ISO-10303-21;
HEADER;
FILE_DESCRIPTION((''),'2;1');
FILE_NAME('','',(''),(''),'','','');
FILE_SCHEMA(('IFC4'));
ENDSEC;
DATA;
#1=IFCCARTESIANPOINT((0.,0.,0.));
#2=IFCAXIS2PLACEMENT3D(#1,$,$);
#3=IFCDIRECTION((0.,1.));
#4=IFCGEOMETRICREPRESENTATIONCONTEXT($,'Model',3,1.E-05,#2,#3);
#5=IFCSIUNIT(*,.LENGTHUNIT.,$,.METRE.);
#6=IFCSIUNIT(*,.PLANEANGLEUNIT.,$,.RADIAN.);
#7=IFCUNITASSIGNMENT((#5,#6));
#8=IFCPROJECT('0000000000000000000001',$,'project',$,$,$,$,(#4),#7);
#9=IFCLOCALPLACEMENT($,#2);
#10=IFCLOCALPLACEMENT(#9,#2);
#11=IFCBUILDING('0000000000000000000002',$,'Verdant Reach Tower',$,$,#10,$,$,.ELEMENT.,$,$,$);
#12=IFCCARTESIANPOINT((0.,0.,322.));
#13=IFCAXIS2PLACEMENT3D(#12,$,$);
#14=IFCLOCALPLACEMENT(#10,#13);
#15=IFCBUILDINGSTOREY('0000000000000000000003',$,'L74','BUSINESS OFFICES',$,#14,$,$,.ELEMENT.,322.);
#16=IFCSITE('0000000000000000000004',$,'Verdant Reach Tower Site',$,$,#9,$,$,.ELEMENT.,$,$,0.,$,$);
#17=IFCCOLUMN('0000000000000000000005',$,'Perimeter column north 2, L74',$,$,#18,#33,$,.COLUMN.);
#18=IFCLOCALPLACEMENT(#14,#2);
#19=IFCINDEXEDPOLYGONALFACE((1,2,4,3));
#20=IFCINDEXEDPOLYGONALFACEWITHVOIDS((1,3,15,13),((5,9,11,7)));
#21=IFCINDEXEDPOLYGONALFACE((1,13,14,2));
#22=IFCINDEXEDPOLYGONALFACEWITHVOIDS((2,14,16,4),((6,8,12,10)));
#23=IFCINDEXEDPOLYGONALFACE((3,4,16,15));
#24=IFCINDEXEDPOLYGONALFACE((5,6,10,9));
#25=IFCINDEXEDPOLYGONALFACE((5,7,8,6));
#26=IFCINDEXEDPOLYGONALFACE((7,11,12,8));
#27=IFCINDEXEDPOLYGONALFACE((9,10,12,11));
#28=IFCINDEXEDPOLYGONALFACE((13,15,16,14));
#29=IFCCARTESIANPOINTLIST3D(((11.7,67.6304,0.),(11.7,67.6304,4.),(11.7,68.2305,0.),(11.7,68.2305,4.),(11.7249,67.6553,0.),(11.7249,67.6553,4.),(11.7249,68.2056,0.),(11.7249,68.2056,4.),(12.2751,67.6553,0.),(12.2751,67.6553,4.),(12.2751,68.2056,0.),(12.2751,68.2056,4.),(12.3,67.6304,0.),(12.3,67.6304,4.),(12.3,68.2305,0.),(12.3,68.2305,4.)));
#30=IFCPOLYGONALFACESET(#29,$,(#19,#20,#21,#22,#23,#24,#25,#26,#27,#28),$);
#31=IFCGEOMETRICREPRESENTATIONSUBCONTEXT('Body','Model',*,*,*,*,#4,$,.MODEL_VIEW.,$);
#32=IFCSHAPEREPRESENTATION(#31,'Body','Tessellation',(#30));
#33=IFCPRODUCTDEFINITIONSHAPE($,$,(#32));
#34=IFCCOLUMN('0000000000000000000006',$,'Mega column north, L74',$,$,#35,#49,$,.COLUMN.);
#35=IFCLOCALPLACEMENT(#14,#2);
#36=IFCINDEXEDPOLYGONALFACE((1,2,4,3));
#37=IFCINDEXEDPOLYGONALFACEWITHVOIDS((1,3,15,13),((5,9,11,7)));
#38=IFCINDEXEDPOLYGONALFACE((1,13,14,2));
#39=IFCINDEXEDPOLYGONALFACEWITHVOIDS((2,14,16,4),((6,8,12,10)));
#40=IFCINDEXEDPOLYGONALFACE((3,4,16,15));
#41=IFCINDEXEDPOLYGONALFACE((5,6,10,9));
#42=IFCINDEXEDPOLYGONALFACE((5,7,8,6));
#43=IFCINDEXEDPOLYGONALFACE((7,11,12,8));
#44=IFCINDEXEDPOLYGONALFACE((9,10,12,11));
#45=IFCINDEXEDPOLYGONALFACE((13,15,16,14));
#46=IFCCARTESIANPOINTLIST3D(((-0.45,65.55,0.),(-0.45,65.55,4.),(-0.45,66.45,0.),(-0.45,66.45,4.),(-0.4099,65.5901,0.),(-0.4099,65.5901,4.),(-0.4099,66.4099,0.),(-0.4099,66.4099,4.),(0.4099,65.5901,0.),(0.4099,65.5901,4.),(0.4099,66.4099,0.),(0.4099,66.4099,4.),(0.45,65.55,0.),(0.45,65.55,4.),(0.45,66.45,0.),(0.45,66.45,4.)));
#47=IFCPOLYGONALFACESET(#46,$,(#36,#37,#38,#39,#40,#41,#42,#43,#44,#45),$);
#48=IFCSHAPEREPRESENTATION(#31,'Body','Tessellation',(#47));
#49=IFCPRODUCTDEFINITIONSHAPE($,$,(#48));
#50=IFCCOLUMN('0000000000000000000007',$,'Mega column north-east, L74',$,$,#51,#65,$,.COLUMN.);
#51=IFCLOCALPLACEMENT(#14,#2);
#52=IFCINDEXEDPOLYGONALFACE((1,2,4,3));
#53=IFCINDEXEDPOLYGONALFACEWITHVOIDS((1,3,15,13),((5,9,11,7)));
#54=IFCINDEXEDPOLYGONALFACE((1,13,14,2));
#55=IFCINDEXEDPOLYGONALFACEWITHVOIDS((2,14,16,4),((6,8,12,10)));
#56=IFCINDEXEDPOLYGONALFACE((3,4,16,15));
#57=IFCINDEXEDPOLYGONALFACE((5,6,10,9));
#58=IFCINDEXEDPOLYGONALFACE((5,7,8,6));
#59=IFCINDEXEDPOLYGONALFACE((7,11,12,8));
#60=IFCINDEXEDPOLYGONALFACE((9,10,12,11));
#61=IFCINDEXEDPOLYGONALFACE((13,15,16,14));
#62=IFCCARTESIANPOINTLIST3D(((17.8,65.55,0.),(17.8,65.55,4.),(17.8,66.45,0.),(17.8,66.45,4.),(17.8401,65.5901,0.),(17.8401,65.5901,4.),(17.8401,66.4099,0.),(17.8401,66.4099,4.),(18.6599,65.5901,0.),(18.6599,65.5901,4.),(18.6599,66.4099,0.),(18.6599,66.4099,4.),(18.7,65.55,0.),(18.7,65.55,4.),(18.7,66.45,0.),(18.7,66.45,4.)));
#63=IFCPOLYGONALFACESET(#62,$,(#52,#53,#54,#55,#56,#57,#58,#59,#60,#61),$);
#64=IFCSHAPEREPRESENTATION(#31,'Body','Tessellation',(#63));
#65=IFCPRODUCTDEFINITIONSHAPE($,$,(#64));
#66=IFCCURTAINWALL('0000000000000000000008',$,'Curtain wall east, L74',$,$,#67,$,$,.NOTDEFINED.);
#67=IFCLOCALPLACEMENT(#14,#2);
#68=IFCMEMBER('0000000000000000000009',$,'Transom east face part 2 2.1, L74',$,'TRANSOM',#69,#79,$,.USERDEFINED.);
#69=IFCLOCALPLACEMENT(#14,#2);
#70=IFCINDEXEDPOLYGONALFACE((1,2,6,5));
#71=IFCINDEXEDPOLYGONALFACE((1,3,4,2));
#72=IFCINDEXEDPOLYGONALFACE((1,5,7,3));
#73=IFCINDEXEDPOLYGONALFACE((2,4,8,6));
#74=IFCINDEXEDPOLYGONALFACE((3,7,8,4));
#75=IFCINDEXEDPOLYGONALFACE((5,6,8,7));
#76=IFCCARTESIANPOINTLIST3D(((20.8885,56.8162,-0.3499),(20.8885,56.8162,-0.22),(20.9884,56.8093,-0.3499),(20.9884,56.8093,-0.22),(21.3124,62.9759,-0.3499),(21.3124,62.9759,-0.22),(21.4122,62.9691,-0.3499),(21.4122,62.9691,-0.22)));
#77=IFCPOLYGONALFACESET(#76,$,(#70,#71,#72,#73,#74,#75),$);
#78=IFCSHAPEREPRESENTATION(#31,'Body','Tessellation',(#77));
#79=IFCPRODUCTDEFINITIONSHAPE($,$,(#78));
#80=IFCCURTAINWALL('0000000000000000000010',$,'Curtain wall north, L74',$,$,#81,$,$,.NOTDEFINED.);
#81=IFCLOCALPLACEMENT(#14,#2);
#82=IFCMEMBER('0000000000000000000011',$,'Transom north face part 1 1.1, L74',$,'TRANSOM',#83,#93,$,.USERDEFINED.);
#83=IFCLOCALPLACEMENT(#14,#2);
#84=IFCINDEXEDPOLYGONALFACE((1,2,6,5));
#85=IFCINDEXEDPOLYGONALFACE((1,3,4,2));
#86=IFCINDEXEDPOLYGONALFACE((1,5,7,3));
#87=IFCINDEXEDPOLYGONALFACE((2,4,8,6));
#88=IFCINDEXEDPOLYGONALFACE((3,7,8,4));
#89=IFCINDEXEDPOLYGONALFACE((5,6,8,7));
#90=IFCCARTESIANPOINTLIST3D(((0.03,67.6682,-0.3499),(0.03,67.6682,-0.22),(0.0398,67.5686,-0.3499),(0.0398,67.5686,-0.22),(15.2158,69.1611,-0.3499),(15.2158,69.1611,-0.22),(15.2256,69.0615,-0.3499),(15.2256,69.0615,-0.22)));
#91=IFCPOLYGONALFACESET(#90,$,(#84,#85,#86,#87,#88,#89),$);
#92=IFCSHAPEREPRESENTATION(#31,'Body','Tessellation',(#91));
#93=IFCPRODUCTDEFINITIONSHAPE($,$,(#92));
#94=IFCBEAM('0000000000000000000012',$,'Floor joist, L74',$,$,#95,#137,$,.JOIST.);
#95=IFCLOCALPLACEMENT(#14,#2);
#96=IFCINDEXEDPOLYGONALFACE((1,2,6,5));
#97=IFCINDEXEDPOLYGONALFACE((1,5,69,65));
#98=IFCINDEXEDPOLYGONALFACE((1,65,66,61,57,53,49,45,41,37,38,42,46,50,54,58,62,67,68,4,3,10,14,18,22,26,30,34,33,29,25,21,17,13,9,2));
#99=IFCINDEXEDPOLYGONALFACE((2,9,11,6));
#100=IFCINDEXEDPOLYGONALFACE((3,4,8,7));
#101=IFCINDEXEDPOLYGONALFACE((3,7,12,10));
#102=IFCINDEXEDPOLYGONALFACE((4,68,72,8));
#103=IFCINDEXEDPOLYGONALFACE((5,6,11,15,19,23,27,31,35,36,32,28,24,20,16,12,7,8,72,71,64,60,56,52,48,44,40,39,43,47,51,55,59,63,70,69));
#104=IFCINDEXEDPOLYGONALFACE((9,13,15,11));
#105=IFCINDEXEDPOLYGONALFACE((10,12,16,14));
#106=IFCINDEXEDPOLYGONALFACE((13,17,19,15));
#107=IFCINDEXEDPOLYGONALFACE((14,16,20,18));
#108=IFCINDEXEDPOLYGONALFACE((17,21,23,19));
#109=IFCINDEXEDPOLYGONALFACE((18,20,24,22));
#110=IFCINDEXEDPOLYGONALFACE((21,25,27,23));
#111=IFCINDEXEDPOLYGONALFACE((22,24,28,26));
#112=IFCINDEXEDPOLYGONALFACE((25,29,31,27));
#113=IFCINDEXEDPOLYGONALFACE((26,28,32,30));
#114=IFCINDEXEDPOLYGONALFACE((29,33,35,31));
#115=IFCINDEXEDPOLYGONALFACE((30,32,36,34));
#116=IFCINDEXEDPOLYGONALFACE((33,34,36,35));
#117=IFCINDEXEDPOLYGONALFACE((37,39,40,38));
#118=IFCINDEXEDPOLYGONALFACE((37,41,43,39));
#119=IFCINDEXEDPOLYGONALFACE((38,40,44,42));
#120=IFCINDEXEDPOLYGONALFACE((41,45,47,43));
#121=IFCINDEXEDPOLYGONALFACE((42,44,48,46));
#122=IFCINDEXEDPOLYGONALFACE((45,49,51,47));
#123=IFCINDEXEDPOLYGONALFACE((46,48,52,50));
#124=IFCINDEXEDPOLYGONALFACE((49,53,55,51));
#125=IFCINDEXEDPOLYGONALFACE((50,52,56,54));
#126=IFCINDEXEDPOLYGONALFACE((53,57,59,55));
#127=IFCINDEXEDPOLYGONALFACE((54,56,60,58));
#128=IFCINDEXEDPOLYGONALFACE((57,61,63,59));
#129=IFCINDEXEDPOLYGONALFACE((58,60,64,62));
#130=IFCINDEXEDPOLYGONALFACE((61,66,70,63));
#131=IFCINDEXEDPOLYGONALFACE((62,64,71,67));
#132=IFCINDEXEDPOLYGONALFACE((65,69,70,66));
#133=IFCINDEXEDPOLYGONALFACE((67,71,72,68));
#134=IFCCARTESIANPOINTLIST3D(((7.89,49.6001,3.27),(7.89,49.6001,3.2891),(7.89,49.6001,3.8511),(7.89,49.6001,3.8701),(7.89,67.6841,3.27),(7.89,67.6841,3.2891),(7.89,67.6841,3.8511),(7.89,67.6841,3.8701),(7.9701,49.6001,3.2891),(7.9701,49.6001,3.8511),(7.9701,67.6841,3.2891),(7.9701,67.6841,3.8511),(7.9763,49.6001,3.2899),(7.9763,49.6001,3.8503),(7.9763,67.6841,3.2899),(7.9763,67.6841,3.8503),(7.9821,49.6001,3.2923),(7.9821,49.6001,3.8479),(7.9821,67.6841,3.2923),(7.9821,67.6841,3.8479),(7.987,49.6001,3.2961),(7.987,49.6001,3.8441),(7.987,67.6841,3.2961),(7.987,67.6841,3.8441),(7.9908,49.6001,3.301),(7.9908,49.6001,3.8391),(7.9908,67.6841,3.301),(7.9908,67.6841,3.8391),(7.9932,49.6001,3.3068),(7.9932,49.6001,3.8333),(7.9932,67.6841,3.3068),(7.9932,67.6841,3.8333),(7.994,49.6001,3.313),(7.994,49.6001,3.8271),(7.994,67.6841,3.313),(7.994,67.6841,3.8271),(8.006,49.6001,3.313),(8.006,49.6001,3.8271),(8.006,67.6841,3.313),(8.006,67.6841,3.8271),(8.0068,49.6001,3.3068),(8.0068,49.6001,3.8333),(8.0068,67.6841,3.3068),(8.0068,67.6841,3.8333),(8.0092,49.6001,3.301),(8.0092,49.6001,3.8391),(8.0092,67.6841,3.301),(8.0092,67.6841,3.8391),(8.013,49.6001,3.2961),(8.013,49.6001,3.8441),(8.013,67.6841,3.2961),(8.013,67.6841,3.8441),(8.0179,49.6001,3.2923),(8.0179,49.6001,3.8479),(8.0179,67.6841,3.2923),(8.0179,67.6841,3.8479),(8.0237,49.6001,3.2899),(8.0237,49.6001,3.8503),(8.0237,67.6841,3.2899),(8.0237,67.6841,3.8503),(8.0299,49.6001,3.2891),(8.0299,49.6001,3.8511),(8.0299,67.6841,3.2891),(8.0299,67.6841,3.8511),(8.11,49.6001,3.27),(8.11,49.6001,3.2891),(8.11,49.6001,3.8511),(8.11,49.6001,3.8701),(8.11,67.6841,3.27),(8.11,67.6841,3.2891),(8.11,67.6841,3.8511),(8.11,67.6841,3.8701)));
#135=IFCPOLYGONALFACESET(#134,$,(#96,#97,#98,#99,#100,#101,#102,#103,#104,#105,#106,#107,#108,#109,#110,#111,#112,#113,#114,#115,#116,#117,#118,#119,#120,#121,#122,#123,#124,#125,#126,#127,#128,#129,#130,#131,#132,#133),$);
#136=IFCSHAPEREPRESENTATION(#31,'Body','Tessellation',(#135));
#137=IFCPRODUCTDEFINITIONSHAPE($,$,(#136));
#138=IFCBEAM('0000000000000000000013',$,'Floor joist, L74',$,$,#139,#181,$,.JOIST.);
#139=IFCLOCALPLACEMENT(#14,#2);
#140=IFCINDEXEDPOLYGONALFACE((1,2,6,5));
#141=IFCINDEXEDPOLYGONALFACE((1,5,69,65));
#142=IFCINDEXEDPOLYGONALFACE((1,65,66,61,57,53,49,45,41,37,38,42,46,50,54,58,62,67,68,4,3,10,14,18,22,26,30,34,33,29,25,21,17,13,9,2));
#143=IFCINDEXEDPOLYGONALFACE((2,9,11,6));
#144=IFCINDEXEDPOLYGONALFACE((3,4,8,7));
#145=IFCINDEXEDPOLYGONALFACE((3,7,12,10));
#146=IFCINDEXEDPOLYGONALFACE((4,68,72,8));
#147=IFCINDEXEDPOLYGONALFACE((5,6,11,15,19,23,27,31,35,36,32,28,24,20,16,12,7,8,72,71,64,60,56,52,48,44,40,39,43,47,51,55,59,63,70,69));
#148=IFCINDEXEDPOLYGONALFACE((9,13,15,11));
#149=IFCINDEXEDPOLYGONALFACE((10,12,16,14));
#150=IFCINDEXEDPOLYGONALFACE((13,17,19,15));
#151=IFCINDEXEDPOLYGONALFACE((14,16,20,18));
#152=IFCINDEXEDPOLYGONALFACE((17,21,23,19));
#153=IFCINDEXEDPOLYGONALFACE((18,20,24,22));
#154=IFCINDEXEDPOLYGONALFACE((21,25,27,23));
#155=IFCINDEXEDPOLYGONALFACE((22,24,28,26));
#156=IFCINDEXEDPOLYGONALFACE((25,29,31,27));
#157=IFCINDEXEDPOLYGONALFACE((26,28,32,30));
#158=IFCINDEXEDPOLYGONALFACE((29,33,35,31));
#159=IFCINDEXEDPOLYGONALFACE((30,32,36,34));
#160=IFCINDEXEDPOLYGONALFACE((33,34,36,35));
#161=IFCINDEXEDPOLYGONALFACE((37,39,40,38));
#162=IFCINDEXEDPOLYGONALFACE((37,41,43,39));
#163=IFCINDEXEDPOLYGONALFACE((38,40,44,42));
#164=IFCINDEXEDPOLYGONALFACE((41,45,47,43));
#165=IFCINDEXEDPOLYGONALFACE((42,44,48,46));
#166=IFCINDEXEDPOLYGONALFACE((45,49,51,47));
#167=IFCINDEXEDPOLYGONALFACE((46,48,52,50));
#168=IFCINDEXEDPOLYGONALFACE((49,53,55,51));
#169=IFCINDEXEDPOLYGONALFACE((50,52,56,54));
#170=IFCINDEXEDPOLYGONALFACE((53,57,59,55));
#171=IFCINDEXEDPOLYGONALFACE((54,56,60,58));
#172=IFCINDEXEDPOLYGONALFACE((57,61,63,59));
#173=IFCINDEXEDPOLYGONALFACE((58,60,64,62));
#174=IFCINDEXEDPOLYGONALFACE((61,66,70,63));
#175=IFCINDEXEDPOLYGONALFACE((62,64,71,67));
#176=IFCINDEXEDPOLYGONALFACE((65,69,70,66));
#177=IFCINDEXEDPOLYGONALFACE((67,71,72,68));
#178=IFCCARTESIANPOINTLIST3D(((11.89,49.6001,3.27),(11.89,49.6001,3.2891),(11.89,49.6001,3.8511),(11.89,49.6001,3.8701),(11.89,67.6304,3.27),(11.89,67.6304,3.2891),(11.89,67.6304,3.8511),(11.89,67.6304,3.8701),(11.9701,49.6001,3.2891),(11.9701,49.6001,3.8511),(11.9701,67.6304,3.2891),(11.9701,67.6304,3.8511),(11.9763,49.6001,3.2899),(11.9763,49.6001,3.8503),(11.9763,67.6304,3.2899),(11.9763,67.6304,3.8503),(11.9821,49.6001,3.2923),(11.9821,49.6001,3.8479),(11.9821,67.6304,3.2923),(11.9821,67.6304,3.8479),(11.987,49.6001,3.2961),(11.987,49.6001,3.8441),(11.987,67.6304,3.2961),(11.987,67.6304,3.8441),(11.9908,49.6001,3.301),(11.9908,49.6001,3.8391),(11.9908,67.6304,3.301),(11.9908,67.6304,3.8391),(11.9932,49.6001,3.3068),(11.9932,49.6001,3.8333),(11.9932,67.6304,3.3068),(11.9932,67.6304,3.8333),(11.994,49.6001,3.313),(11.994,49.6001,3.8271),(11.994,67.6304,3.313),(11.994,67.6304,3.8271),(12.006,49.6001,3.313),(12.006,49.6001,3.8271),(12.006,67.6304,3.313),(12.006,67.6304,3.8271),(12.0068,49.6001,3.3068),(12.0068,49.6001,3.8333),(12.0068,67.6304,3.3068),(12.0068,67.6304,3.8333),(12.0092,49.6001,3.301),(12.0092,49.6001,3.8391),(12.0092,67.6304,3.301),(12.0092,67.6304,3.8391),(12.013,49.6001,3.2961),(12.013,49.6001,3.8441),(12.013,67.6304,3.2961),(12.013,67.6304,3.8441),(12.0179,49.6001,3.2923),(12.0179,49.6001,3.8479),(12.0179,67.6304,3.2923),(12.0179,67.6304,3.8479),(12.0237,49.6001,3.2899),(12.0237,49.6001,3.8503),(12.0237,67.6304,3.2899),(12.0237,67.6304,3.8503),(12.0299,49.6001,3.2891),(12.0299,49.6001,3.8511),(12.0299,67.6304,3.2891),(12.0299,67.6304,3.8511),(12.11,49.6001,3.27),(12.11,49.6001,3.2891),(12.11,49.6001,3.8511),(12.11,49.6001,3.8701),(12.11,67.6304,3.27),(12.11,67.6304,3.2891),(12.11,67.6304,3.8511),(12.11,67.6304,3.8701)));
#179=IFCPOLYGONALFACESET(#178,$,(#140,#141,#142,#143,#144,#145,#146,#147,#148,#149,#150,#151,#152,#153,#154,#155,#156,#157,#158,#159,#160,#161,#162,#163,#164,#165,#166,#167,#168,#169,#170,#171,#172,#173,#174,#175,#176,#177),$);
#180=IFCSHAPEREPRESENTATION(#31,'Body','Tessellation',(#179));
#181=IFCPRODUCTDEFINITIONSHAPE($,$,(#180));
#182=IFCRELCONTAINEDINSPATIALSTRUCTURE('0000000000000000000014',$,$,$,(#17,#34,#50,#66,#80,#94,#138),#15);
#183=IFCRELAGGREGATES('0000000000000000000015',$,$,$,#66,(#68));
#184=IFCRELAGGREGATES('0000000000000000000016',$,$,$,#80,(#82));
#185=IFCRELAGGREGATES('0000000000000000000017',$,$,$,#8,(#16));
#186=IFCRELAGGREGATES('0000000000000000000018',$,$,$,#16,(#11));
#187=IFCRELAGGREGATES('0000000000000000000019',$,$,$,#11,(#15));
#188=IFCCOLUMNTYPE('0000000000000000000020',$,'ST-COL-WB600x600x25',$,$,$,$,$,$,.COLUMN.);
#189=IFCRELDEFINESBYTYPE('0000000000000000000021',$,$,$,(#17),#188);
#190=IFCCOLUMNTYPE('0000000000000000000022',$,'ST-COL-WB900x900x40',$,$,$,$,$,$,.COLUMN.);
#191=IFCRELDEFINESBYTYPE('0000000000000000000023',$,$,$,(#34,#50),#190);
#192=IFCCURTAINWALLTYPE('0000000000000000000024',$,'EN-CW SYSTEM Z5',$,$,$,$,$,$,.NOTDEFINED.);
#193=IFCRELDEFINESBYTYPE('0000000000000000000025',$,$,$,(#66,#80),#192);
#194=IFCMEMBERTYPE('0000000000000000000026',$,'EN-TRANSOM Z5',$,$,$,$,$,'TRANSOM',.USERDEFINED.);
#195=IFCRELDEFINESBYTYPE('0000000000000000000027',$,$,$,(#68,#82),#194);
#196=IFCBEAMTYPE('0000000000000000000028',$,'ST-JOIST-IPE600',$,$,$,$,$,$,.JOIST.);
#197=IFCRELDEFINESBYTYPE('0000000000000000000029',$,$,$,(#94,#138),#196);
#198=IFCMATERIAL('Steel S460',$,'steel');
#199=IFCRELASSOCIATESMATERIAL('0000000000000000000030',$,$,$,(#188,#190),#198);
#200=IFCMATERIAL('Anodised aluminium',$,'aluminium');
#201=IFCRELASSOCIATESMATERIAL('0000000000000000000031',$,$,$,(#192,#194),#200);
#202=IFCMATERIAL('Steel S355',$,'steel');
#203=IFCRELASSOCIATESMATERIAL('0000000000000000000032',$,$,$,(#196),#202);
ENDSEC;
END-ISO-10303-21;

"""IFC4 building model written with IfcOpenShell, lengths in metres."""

from ifc_helpers import new_model, si_unit, direction, frame, origin, origin_2d, place, context, subcontext, project, spatial, rectangle, hollow_rectangle, i_section, extrude, material, material_profile, profile_set, type_object, element, aggregate, save


model = new_model("IFC4")

# Units and contexts
model_context = context("Model", 3, precision=1e-05, world=origin(), true_north=direction((0.0, 1.0)))
body_context = subcontext(model_context, "Body", "Model", "MODEL_VIEW")
ifc_project = project(units=[si_unit("LENGTHUNIT", "METRE"), si_unit("PLANEANGLEUNIT", "RADIAN")], contexts=[model_context])

# Site, building, storey
site_placement = place(None, origin())
site = spatial("IfcSite", under=ifc_project, at=site_placement, Name="Verdant Reach Tower Site", CompositionType="ELEMENT", RefElevation=0.0)
building_placement = place(site_placement, origin())
building = spatial("IfcBuilding", under=site, at=building_placement, Name="Verdant Reach Tower", CompositionType="ELEMENT")
storey_placement = place(building_placement, frame((0.0, 0.0, 322.0)))
storey = spatial("IfcBuildingStorey", under=building, at=storey_placement, Name="L74", Description="BUSINESS OFFICES", CompositionType="ELEMENT", Elevation=322.0)

# Columns
ifc_material_1 = material(Name="Steel S460", Category="steel")
ifc_material_profile_1 = material_profile(ifc_material_1, hollow_rectangle(XDim=0.6001, YDim=0.6001, WallThickness=0.0249, at=origin_2d()), Name="WB 600x600x25")
ifc_profile_set_1 = profile_set([ifc_material_profile_1], Name="Steel S460")
column_type_1 = type_object("IfcColumnType", Name="ST-COL-WB600x600x25", PredefinedType="COLUMN", material=ifc_profile_set_1)
column_placement = place(storey_placement, frame((12.0, 67.9304, 0.0), z_axis=(0.0, 0.0, 1.0), x_axis=(1.0, 0.0, 0.0)))
element("IfcColumn", 1, at=column_placement, inside=storey, type_object=column_type_1, Name="Perimeter column north 2, L74", PredefinedType="COLUMN", context=body_context, shape_type="SweptSolid", body=[
    extrude(hollow_rectangle(XDim=0.6001, YDim=0.6001, WallThickness=0.0249, at=origin_2d()), origin(), (0.0, 0.0, 1.0), 4.0),
])
ifc_material_profile_2 = material_profile(ifc_material_1, hollow_rectangle(XDim=0.8999, YDim=0.8999, WallThickness=0.04, at=origin_2d()), Name="WB 900x900x40")
ifc_profile_set_2 = profile_set([ifc_material_profile_2], Name="Steel S460")
column_type_2 = type_object("IfcColumnType", Name="ST-COL-WB900x900x40", PredefinedType="COLUMN", material=ifc_profile_set_2)
for number, where, z_axis, x_axis, name in (
    (2, (0.0, 66.0, 0.0), (0.0, 0.0, 1.0), (1.0, 0.0, 0.0), "Mega column north, L74"),
    (3, (18.25, 66.0, 0.0), (0.0, 0.0, 1.0), (1.0, 0.0, 0.0), "Mega column north-east, L74"),
):
    element("IfcColumn", number, at=place(storey_placement, frame(where, z_axis=z_axis, x_axis=x_axis)), inside=storey, type_object=column_type_2, Name=name, PredefinedType="COLUMN", context=body_context, shape_type="SweptSolid", body=[
        extrude(hollow_rectangle(XDim=0.8999, YDim=0.8999, WallThickness=0.04, at=origin_2d()), origin(), (0.0, 0.0, 1.0), 4.0),
    ])

# Curtain walls, members
ifc_material_2 = material(Name="Anodised aluminium", Category="aluminium")
curtain_wall_type = type_object("IfcCurtainWallType", Name="EN-CW SYSTEM Z5", PredefinedType="NOTDEFINED", material=ifc_material_2)
curtain_wall_1_placement = place(storey_placement, origin())
curtain_wall_1 = element("IfcCurtainWall", 4, at=curtain_wall_1_placement, inside=storey, type_object=curtain_wall_type, Name="Curtain wall east, L74", PredefinedType="NOTDEFINED")
ifc_material_profile_3 = material_profile(ifc_material_2, rectangle(XDim=0.1001, YDim=0.1299, at=origin_2d()), Name="Transom 130x100")
ifc_profile_set_3 = profile_set([ifc_material_profile_3], Name="Anodised aluminium")
member_type = type_object("IfcMemberType", Name="EN-TRANSOM Z5", ElementType="TRANSOM", PredefinedType="USERDEFINED", material=ifc_profile_set_3)
member_1_placement = place(storey_placement, frame((20.9385, 56.8127, -0.2849), z_axis=(0.068645, 0.997641, 0.0), x_axis=(-0.997641, 0.068645, 0.0)))
member_1 = element("IfcMember", 5, at=member_1_placement, type_object=member_type, Name="Transom east face part 2 2.1, L74", ObjectType="TRANSOM", PredefinedType="USERDEFINED", context=body_context, shape_type="SweptSolid", body=[
    extrude(rectangle(XDim=0.1001, YDim=0.1299, at=origin_2d()), origin(), (0.0, 0.0, 1.0), 6.1743),
])
curtain_wall_2_placement = place(storey_placement, origin())
curtain_wall_2 = element("IfcCurtainWall", 6, at=curtain_wall_2_placement, inside=storey, type_object=curtain_wall_type, Name="Curtain wall north, L74", PredefinedType="NOTDEFINED")
member_2_placement = place(storey_placement, frame((15.2207, 69.1113, -0.2849), z_axis=(-0.995202, -0.097839, 0.0), x_axis=(0.097839, -0.995202, 0.0)))
member_2 = element("IfcMember", 7, at=member_2_placement, type_object=member_type, Name="Transom north face part 1 1.1, L74", ObjectType="TRANSOM", PredefinedType="USERDEFINED", context=body_context, shape_type="SweptSolid", body=[
    extrude(rectangle(XDim=0.1001, YDim=0.1299, at=origin_2d()), origin(), (0.0, 0.0, 1.0), 15.259),
])

# Beams
ifc_material_3 = material(Name="Steel S355", Category="steel")
ifc_material_profile_4 = material_profile(ifc_material_3, i_section(OverallWidth=0.22, OverallDepth=0.6001, WebThickness=0.012, FlangeThickness=0.019, FilletRadius=0.0239, at=origin_2d()), Name="IPE 600")
ifc_profile_set_4 = profile_set([ifc_material_profile_4], Name="Steel S355")
beam_type_1 = type_object("IfcBeamType", Name="ST-JOIST-IPE600", PredefinedType="JOIST", material=ifc_profile_set_4)
beam_1_placement = place(storey_placement, frame((8.0, 49.6001, 3.5701), z_axis=(0.0, 1.0, 0.0), x_axis=(-1.0, 0.0, 0.0)))
element("IfcBeam", 8, at=beam_1_placement, inside=storey, type_object=beam_type_1, Name="Floor joist, L74", PredefinedType="JOIST", context=body_context, shape_type="SweptSolid", body=[
    extrude(i_section(OverallWidth=0.22, OverallDepth=0.6001, WebThickness=0.012, FlangeThickness=0.019, FilletRadius=0.0239, at=origin_2d()), origin(), (0.0, 0.0, 1.0), 18.084),
])
beam_2_placement = place(storey_placement, frame((12.0, 49.6001, 3.5701), z_axis=(0.0, 1.0, 0.0), x_axis=(-1.0, 0.0, 0.0)))
element("IfcBeam", 9, at=beam_2_placement, inside=storey, type_object=beam_type_1, Name="Floor joist, L74", PredefinedType="JOIST", context=body_context, shape_type="SweptSolid", body=[
    extrude(i_section(OverallWidth=0.22, OverallDepth=0.6001, WebThickness=0.012, FlangeThickness=0.019, FilletRadius=0.0239, at=origin_2d()), origin(), (0.0, 0.0, 1.0), 18.0303),
])

aggregate(curtain_wall_1, [member_1])
aggregate(curtain_wall_2, [member_2])

save(model, "model.ifc")
